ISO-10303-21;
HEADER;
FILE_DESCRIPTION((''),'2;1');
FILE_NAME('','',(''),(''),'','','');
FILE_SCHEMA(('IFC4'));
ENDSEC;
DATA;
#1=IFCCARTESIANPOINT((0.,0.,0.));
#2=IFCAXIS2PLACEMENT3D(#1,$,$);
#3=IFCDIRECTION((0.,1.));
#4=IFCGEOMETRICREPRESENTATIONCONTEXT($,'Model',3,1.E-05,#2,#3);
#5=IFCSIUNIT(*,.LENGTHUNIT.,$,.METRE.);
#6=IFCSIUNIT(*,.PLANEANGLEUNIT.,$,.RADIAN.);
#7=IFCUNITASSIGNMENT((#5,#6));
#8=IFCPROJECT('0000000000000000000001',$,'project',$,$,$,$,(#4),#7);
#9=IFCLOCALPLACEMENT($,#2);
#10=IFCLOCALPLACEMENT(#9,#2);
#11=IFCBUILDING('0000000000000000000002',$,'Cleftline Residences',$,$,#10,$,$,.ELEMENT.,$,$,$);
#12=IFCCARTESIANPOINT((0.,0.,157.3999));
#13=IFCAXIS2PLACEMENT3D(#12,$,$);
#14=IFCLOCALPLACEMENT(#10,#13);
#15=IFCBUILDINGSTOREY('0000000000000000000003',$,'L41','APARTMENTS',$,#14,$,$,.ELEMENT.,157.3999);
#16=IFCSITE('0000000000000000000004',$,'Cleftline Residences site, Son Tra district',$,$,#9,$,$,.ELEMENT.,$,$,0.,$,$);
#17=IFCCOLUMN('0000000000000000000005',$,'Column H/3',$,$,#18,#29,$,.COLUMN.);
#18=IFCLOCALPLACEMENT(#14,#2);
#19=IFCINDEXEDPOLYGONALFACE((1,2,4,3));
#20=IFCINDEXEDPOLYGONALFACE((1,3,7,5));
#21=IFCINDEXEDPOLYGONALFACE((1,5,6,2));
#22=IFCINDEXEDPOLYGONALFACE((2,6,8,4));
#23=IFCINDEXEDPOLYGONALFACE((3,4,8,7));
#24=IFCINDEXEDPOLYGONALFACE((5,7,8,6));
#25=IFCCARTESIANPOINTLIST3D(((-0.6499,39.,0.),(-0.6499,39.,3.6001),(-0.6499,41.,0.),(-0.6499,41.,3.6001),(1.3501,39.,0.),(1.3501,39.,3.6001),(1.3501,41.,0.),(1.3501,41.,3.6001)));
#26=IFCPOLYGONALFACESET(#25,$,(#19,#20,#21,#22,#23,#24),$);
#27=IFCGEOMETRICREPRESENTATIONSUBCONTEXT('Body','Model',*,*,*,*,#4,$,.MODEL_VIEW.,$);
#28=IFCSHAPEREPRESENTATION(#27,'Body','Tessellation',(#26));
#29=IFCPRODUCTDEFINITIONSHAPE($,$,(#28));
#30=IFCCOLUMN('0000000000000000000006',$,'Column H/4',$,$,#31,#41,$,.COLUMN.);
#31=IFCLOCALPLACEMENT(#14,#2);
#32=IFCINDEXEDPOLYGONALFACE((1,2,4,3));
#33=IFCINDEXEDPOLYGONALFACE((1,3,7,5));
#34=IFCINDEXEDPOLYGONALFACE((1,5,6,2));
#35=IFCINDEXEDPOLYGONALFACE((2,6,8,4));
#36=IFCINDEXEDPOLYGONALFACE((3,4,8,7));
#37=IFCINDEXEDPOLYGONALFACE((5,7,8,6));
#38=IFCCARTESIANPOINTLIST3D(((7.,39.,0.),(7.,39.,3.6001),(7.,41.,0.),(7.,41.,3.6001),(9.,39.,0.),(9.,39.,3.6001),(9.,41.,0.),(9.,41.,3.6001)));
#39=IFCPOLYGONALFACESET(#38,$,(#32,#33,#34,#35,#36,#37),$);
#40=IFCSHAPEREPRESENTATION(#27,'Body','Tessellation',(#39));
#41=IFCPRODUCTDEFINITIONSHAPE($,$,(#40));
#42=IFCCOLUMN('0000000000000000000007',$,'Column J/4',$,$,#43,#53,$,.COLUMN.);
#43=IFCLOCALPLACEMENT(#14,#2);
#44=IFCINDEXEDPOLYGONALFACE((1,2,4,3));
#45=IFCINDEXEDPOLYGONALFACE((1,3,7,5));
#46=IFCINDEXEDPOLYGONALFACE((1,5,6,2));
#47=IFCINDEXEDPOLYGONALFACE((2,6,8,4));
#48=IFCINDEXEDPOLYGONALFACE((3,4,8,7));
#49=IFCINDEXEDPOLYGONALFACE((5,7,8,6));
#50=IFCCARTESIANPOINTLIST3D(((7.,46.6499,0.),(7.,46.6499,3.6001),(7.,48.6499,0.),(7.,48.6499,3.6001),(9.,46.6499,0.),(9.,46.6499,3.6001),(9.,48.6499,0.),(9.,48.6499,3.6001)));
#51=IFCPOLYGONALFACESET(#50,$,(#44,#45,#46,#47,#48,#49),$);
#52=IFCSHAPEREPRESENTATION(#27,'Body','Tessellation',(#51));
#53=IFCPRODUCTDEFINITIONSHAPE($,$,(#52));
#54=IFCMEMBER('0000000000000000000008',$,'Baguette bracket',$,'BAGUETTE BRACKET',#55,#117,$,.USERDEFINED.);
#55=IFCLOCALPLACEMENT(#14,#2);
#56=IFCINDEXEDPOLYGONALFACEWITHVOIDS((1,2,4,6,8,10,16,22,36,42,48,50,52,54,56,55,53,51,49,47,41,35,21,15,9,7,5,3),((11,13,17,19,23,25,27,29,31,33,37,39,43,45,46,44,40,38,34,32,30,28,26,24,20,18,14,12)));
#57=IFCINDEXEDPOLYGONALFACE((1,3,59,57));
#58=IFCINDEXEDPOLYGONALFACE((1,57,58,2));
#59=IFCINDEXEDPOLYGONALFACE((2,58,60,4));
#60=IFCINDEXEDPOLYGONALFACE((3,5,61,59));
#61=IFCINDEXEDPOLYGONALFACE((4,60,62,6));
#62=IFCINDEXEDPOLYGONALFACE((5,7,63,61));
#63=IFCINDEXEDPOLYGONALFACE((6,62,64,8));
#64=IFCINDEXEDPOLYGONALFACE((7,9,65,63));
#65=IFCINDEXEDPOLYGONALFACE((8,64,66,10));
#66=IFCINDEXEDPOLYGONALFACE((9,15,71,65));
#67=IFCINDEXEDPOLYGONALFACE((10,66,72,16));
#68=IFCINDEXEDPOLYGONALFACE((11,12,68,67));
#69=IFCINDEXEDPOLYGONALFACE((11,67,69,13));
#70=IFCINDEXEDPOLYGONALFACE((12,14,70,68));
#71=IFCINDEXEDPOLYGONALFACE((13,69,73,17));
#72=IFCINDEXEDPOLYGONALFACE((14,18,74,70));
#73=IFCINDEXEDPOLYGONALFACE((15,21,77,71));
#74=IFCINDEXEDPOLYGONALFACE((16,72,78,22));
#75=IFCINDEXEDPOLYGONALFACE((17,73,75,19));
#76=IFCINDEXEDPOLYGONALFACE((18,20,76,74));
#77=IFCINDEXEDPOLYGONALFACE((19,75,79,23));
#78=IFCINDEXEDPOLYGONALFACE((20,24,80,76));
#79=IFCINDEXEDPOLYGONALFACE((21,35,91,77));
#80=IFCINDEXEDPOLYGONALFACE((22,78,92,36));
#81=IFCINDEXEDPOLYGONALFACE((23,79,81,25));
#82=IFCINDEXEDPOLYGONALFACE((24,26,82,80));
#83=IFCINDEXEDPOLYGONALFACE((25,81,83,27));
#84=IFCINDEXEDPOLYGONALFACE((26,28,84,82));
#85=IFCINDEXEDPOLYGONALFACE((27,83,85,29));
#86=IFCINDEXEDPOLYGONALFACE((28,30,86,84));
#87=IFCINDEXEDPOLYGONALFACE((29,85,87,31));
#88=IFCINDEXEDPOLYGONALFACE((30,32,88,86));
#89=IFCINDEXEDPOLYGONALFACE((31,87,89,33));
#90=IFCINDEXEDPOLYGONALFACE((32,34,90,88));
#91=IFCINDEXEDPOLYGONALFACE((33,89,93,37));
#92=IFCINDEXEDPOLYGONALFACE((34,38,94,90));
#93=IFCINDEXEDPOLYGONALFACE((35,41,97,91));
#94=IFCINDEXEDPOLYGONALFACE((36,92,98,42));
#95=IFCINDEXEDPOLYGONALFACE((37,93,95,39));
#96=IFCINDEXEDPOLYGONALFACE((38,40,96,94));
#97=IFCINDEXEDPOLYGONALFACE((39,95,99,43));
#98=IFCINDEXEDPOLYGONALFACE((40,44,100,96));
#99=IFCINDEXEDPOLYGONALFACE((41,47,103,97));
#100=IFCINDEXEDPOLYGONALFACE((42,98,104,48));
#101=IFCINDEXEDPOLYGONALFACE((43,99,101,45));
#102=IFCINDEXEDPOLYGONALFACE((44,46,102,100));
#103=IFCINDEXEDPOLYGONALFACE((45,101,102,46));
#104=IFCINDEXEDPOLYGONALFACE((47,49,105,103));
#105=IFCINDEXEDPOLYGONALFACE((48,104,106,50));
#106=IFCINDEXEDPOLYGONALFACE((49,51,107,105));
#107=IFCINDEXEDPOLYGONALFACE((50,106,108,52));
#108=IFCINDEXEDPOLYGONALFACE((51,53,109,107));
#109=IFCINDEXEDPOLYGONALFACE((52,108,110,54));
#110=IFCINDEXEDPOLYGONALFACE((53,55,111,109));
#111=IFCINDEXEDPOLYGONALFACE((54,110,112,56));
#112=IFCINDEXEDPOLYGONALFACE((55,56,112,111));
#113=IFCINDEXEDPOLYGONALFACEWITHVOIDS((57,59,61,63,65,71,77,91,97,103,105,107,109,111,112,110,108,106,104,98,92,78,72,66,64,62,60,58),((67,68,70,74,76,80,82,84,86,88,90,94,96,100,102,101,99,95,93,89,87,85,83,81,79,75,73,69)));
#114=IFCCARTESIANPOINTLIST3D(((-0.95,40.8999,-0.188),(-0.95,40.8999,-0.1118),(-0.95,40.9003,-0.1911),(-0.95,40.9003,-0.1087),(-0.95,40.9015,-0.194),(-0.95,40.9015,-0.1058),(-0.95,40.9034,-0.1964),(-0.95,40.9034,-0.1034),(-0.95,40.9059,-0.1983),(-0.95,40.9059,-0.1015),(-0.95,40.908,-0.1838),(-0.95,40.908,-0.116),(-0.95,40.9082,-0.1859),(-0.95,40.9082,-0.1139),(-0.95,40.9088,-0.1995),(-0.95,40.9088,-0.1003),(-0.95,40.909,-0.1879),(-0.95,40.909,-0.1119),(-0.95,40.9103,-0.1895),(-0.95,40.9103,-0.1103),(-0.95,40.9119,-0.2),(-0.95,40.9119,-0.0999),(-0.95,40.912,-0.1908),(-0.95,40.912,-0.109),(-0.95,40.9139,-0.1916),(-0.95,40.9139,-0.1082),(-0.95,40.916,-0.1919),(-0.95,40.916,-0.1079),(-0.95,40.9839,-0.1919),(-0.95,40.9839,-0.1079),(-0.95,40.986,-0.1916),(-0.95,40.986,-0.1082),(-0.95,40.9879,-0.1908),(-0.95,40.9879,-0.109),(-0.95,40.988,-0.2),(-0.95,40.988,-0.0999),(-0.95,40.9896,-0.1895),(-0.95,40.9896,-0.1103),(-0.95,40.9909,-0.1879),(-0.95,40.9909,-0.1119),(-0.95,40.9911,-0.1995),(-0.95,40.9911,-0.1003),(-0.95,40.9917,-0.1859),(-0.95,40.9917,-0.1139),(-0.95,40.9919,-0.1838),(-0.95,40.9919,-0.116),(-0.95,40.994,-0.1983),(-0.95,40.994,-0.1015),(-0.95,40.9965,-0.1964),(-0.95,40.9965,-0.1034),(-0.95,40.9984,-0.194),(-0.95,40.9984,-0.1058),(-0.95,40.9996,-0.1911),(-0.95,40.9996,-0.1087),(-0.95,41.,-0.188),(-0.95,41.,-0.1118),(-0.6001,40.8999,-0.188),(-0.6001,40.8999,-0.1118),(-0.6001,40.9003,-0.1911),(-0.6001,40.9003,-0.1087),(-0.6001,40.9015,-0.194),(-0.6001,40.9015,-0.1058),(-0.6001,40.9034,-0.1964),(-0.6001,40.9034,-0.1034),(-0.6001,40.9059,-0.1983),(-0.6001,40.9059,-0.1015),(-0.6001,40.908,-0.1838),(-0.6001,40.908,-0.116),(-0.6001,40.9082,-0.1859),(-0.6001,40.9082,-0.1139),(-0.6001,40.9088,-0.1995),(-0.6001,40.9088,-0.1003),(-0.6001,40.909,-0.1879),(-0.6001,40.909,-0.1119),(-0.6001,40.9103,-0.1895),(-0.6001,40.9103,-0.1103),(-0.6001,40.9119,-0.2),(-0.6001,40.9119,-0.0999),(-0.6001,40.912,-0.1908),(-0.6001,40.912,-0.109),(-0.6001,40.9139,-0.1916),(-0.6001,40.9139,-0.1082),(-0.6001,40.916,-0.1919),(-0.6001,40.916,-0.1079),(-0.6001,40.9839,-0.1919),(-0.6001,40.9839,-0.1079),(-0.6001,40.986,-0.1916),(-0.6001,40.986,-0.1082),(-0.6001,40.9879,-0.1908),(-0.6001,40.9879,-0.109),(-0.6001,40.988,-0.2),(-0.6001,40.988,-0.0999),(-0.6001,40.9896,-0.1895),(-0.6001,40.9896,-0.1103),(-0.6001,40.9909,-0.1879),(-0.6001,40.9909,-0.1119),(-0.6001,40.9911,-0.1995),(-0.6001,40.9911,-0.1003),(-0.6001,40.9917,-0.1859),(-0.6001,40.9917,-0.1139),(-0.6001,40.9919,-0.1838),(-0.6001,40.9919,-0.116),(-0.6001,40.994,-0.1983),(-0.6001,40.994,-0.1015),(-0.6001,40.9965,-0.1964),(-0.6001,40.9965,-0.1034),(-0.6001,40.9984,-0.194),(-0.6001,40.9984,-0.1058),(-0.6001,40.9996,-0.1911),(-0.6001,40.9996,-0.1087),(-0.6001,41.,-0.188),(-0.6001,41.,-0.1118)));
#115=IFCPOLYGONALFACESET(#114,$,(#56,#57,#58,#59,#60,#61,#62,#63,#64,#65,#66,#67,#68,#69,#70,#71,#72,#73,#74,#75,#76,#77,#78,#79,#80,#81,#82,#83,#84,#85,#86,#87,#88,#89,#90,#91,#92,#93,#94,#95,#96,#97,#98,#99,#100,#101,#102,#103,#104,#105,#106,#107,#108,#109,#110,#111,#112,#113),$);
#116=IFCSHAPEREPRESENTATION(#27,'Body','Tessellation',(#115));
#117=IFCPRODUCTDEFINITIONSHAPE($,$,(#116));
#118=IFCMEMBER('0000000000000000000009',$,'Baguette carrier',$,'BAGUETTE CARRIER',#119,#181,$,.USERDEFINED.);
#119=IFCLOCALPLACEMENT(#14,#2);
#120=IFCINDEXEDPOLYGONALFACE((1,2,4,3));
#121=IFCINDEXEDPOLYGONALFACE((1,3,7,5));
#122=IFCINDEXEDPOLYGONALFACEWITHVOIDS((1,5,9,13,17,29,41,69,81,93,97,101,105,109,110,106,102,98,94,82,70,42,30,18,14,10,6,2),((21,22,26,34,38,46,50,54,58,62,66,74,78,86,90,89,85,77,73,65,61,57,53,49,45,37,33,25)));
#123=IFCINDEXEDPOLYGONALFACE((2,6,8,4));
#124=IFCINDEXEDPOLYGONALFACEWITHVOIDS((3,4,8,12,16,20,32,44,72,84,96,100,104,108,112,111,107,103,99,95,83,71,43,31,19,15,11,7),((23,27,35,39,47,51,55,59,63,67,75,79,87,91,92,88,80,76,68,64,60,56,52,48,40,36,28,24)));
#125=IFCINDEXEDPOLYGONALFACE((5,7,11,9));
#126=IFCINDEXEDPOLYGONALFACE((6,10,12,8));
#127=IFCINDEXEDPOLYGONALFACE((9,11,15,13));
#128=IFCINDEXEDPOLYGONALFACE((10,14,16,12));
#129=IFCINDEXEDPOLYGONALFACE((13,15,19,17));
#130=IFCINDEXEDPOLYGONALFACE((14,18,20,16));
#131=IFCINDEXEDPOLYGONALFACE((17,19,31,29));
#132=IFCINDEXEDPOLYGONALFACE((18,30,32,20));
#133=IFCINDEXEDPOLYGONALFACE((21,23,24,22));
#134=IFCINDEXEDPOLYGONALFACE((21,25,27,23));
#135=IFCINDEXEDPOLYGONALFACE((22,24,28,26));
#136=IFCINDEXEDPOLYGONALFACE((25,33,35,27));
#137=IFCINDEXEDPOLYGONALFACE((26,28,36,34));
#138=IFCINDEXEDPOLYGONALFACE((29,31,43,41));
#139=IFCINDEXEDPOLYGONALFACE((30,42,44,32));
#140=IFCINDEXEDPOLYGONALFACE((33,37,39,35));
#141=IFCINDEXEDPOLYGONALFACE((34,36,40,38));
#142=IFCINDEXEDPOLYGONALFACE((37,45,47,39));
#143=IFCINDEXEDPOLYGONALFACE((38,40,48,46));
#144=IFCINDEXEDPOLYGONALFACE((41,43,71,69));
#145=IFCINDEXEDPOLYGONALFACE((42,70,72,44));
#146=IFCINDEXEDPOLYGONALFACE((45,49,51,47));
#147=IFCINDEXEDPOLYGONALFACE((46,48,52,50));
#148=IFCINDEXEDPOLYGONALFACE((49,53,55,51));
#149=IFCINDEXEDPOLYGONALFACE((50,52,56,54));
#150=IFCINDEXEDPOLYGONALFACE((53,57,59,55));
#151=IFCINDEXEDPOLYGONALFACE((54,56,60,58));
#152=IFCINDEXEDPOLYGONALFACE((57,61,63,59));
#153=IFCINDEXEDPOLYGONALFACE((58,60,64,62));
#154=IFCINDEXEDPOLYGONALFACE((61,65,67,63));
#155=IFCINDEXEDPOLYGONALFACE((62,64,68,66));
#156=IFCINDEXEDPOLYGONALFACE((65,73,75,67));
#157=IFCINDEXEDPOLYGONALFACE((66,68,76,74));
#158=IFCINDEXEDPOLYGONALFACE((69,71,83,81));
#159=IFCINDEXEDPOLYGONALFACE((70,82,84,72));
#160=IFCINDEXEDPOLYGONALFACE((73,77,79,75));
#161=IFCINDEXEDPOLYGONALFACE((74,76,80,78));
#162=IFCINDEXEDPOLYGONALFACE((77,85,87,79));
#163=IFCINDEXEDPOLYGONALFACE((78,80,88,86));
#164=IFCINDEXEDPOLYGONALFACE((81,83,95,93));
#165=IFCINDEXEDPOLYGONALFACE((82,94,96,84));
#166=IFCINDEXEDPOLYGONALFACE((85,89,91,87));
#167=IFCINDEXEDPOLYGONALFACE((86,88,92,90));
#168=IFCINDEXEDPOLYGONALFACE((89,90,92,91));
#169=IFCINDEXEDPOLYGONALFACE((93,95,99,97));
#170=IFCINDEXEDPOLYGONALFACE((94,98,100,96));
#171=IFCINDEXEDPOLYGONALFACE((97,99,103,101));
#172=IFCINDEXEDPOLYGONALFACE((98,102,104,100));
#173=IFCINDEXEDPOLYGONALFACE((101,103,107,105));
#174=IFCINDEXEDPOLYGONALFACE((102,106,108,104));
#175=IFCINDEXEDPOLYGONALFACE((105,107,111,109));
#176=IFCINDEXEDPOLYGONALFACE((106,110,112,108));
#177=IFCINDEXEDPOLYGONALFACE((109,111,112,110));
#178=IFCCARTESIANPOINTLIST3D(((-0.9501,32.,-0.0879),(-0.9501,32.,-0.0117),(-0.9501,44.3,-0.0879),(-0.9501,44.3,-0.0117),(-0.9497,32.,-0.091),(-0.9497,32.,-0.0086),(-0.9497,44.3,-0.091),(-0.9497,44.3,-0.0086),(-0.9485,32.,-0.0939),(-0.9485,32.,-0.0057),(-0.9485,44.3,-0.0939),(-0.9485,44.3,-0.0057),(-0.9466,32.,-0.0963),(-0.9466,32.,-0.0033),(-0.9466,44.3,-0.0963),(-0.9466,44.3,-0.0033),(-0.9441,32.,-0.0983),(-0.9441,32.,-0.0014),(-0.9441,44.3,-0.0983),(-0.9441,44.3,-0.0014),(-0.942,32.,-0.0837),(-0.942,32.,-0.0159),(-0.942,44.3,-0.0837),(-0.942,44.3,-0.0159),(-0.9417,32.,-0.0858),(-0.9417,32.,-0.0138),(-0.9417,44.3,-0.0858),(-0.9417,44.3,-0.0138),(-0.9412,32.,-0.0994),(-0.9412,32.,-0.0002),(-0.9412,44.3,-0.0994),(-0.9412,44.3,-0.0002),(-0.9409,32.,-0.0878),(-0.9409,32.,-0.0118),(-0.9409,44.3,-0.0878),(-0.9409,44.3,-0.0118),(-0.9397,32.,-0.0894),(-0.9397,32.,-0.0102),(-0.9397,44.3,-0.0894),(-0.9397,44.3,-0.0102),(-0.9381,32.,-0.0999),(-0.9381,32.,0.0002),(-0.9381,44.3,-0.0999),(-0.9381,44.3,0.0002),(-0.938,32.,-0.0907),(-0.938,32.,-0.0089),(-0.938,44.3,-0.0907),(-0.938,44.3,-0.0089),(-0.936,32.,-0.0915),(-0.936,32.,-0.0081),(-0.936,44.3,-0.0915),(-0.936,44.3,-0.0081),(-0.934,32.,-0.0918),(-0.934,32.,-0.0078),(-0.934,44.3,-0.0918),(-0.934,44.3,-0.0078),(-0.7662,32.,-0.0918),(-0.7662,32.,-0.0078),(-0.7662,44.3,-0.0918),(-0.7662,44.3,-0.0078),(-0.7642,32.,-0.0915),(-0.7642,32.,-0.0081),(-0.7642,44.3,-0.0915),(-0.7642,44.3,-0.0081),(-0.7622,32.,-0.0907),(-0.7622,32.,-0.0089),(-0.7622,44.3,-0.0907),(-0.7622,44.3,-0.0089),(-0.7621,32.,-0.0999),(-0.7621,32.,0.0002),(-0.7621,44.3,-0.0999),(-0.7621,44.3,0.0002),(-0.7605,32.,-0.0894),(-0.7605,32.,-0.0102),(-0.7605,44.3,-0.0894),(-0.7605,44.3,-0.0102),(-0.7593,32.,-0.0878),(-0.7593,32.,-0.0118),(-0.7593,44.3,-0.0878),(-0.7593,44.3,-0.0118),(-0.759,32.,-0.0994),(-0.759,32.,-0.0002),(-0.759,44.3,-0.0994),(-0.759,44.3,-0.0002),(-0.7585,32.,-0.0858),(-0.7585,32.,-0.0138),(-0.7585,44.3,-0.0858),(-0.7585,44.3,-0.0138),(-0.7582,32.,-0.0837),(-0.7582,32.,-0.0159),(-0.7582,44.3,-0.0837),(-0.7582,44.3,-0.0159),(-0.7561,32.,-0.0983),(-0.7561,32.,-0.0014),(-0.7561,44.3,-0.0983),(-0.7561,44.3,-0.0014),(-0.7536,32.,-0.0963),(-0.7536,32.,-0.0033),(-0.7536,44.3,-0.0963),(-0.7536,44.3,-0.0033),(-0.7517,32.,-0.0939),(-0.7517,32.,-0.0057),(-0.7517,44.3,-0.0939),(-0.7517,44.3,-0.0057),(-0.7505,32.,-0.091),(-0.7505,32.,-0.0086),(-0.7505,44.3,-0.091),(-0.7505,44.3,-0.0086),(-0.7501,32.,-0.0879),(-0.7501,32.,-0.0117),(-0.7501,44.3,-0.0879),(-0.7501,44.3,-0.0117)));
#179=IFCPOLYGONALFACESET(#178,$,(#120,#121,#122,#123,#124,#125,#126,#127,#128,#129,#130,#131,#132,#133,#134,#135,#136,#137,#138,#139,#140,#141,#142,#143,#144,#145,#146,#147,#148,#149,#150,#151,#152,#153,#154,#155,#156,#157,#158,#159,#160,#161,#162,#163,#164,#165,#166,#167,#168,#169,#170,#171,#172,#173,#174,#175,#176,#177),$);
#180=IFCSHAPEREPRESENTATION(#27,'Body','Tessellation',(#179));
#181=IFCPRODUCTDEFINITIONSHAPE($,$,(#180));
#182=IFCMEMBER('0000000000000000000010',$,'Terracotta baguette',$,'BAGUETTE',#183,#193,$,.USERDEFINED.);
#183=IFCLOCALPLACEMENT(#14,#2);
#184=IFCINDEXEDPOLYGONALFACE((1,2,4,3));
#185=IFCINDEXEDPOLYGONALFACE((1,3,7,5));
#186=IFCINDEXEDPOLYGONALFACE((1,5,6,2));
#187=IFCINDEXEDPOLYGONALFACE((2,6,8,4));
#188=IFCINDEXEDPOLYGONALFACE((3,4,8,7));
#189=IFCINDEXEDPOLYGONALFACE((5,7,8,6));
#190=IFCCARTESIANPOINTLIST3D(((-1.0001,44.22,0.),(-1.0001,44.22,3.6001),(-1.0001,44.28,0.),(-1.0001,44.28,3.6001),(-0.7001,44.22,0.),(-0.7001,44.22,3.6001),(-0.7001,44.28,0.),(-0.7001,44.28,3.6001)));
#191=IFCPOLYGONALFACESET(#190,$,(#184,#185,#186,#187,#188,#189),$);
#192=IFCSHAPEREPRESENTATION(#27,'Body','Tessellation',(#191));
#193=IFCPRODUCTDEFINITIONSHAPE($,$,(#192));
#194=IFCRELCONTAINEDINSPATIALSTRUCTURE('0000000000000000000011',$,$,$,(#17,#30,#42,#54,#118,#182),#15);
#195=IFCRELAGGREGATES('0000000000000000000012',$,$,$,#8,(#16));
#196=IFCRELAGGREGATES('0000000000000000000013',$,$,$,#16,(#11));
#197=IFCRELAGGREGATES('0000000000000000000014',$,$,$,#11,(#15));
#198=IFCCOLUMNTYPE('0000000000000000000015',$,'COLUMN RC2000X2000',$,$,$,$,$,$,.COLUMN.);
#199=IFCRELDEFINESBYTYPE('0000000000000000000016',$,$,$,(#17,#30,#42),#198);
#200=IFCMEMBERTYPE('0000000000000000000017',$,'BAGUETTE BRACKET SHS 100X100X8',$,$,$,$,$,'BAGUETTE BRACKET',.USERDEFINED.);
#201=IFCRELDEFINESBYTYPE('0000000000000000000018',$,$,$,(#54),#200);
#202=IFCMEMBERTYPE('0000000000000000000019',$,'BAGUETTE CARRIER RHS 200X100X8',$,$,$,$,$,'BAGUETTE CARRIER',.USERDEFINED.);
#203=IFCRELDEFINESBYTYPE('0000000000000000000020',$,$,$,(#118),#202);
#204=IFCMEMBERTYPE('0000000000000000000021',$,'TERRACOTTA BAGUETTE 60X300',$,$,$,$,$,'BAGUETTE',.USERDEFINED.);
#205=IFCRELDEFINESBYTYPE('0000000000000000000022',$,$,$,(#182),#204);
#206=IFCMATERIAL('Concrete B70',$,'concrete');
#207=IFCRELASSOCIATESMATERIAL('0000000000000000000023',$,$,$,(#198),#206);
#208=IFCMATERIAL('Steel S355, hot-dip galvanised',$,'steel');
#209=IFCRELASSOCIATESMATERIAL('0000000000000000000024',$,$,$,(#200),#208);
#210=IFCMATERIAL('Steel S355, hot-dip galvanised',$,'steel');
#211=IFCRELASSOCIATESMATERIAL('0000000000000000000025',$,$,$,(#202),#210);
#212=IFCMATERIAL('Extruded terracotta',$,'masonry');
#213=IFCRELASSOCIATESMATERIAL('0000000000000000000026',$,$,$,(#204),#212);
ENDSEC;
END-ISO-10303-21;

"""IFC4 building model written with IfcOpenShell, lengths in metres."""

from ifc_helpers import new_model, si_unit, direction, frame, origin, origin_2d, place, context, subcontext, project, spatial, rectangle, hollow_rectangle, extrude, material, material_profile, profile_set, type_object, element, save


model = new_model("IFC4")

# Units and contexts
model_context = context("Model", 3, precision=1e-05, world=origin(), true_north=direction((0.0, 1.0)))
body_context = subcontext(model_context, "Body", "Model", "MODEL_VIEW")
ifc_project = project(units=[si_unit("LENGTHUNIT", "METRE"), si_unit("PLANEANGLEUNIT", "RADIAN")], contexts=[model_context])

# Site, building, storey
site_placement = place(None, origin())
site = spatial("IfcSite", under=ifc_project, at=site_placement, Name="Cleftline Residences site, Son Tra district", CompositionType="ELEMENT", RefElevation=0.0)
building_placement = place(site_placement, origin())
building = spatial("IfcBuilding", under=site, at=building_placement, Name="Cleftline Residences", CompositionType="ELEMENT")
storey_placement = place(building_placement, frame((0.0, 0.0, 157.3999)))
storey = spatial("IfcBuildingStorey", under=building, at=storey_placement, Name="L41", Description="APARTMENTS", CompositionType="ELEMENT", Elevation=157.3999)

# Columns
ifc_material_1 = material(Name="Concrete B70", Category="concrete")
ifc_material_profile_1 = material_profile(ifc_material_1, rectangle(XDim=2.0, YDim=2.0, at=origin_2d()))
ifc_profile_set_1 = profile_set([ifc_material_profile_1], Name="Concrete B70")
column_type = type_object("IfcColumnType", Name="COLUMN RC2000X2000", PredefinedType="COLUMN", material=ifc_profile_set_1)
for number, where, z_axis, x_axis, name in (
    (1, (0.3501, 40.0, 0.0), (0.0, 0.0, 1.0), (1.0, 0.0, 0.0), "Column H/3"),
    (2, (8.0, 40.0, 0.0), (0.0, 0.0, 1.0), (1.0, 0.0, 0.0), "Column H/4"),
    (3, (8.0, 47.6499, 0.0), (0.0, 0.0, 1.0), (1.0, 0.0, 0.0), "Column J/4"),
):
    element("IfcColumn", number, at=place(storey_placement, frame(where, z_axis=z_axis, x_axis=x_axis)), inside=storey, type_object=column_type, Name=name, PredefinedType="COLUMN", context=body_context, shape_type="SweptSolid", body=[
        extrude(rectangle(XDim=2.0, YDim=2.0, at=origin_2d()), origin(), (0.0, 0.0, 1.0), 3.6001),
    ])

# Members
ifc_material_2 = material(Name="Steel S355, hot-dip galvanised", Category="steel")
ifc_material_profile_2 = material_profile(ifc_material_2, hollow_rectangle(XDim=0.1001, YDim=0.1001, WallThickness=0.0081, InnerFilletRadius=0.0081, OuterFilletRadius=0.012, at=origin_2d()))
ifc_profile_set_2 = profile_set([ifc_material_profile_2], Name="Steel S355, hot-dip galvanised")
member_type_1 = type_object("IfcMemberType", Name="BAGUETTE BRACKET SHS 100X100X8", ElementType="BAGUETTE BRACKET", PredefinedType="USERDEFINED", material=ifc_profile_set_2)
member_1_placement = place(storey_placement, frame((-0.6001, 40.95, -0.1499), z_axis=(-1.0, 0.0, 0.0), x_axis=(0.0, -1.0, 0.0)))
element("IfcMember", 4, at=member_1_placement, inside=storey, type_object=member_type_1, Name="Baguette bracket", ObjectType="BAGUETTE BRACKET", PredefinedType="USERDEFINED", context=body_context, shape_type="SweptSolid", body=[
    extrude(hollow_rectangle(XDim=0.1001, YDim=0.1001, WallThickness=0.0081, InnerFilletRadius=0.0081, OuterFilletRadius=0.012, at=origin_2d()), origin(), (0.0, 0.0, 1.0), 0.3499),
])
ifc_material_3 = material(Name="Steel S355, hot-dip galvanised", Category="steel")
ifc_material_profile_3 = material_profile(ifc_material_3, hollow_rectangle(XDim=0.1001, YDim=0.2, WallThickness=0.0081, InnerFilletRadius=0.0081, OuterFilletRadius=0.012, at=origin_2d()))
ifc_profile_set_3 = profile_set([ifc_material_profile_3], Name="Steel S355, hot-dip galvanised")
member_type_2 = type_object("IfcMemberType", Name="BAGUETTE CARRIER RHS 200X100X8", ElementType="BAGUETTE CARRIER", PredefinedType="USERDEFINED", material=ifc_profile_set_3)
member_2_placement = place(storey_placement, frame((-0.8501, 44.3, -0.0498), z_axis=(0.0, -1.0, 0.0), x_axis=(0.0, 0.0, 1.0)))
element("IfcMember", 5, at=member_2_placement, inside=storey, type_object=member_type_2, Name="Baguette carrier", ObjectType="BAGUETTE CARRIER", PredefinedType="USERDEFINED", context=body_context, shape_type="SweptSolid", body=[
    extrude(hollow_rectangle(XDim=0.1001, YDim=0.2, WallThickness=0.0081, InnerFilletRadius=0.0081, OuterFilletRadius=0.012, at=origin_2d()), origin(), (0.0, 0.0, 1.0), 12.3),
])
ifc_material_4 = material(Name="Extruded terracotta", Category="masonry")
ifc_material_profile_4 = material_profile(ifc_material_4, rectangle(XDim=0.0601, YDim=0.3, at=origin_2d()))
ifc_profile_set_4 = profile_set([ifc_material_profile_4], Name="Extruded terracotta")
member_type_3 = type_object("IfcMemberType", Name="TERRACOTTA BAGUETTE 60X300", ElementType="BAGUETTE", PredefinedType="USERDEFINED", material=ifc_profile_set_4)
for number, where, z_axis, x_axis, name in (
    (6, (-0.8501, 44.25, 0.0), (0.0, 0.0, 1.0), (0.0, 1.0, 0.0), "Terracotta baguette"),
):
    element("IfcMember", number, at=place(storey_placement, frame(where, z_axis=z_axis, x_axis=x_axis)), inside=storey, type_object=member_type_3, Name=name, ObjectType="BAGUETTE", PredefinedType="USERDEFINED", context=body_context, shape_type="SweptSolid", body=[
        extrude(rectangle(XDim=0.0601, YDim=0.3, at=origin_2d()), origin(), (0.0, 0.0, 1.0), 3.6001),
    ])

save(model, "model.ifc")
